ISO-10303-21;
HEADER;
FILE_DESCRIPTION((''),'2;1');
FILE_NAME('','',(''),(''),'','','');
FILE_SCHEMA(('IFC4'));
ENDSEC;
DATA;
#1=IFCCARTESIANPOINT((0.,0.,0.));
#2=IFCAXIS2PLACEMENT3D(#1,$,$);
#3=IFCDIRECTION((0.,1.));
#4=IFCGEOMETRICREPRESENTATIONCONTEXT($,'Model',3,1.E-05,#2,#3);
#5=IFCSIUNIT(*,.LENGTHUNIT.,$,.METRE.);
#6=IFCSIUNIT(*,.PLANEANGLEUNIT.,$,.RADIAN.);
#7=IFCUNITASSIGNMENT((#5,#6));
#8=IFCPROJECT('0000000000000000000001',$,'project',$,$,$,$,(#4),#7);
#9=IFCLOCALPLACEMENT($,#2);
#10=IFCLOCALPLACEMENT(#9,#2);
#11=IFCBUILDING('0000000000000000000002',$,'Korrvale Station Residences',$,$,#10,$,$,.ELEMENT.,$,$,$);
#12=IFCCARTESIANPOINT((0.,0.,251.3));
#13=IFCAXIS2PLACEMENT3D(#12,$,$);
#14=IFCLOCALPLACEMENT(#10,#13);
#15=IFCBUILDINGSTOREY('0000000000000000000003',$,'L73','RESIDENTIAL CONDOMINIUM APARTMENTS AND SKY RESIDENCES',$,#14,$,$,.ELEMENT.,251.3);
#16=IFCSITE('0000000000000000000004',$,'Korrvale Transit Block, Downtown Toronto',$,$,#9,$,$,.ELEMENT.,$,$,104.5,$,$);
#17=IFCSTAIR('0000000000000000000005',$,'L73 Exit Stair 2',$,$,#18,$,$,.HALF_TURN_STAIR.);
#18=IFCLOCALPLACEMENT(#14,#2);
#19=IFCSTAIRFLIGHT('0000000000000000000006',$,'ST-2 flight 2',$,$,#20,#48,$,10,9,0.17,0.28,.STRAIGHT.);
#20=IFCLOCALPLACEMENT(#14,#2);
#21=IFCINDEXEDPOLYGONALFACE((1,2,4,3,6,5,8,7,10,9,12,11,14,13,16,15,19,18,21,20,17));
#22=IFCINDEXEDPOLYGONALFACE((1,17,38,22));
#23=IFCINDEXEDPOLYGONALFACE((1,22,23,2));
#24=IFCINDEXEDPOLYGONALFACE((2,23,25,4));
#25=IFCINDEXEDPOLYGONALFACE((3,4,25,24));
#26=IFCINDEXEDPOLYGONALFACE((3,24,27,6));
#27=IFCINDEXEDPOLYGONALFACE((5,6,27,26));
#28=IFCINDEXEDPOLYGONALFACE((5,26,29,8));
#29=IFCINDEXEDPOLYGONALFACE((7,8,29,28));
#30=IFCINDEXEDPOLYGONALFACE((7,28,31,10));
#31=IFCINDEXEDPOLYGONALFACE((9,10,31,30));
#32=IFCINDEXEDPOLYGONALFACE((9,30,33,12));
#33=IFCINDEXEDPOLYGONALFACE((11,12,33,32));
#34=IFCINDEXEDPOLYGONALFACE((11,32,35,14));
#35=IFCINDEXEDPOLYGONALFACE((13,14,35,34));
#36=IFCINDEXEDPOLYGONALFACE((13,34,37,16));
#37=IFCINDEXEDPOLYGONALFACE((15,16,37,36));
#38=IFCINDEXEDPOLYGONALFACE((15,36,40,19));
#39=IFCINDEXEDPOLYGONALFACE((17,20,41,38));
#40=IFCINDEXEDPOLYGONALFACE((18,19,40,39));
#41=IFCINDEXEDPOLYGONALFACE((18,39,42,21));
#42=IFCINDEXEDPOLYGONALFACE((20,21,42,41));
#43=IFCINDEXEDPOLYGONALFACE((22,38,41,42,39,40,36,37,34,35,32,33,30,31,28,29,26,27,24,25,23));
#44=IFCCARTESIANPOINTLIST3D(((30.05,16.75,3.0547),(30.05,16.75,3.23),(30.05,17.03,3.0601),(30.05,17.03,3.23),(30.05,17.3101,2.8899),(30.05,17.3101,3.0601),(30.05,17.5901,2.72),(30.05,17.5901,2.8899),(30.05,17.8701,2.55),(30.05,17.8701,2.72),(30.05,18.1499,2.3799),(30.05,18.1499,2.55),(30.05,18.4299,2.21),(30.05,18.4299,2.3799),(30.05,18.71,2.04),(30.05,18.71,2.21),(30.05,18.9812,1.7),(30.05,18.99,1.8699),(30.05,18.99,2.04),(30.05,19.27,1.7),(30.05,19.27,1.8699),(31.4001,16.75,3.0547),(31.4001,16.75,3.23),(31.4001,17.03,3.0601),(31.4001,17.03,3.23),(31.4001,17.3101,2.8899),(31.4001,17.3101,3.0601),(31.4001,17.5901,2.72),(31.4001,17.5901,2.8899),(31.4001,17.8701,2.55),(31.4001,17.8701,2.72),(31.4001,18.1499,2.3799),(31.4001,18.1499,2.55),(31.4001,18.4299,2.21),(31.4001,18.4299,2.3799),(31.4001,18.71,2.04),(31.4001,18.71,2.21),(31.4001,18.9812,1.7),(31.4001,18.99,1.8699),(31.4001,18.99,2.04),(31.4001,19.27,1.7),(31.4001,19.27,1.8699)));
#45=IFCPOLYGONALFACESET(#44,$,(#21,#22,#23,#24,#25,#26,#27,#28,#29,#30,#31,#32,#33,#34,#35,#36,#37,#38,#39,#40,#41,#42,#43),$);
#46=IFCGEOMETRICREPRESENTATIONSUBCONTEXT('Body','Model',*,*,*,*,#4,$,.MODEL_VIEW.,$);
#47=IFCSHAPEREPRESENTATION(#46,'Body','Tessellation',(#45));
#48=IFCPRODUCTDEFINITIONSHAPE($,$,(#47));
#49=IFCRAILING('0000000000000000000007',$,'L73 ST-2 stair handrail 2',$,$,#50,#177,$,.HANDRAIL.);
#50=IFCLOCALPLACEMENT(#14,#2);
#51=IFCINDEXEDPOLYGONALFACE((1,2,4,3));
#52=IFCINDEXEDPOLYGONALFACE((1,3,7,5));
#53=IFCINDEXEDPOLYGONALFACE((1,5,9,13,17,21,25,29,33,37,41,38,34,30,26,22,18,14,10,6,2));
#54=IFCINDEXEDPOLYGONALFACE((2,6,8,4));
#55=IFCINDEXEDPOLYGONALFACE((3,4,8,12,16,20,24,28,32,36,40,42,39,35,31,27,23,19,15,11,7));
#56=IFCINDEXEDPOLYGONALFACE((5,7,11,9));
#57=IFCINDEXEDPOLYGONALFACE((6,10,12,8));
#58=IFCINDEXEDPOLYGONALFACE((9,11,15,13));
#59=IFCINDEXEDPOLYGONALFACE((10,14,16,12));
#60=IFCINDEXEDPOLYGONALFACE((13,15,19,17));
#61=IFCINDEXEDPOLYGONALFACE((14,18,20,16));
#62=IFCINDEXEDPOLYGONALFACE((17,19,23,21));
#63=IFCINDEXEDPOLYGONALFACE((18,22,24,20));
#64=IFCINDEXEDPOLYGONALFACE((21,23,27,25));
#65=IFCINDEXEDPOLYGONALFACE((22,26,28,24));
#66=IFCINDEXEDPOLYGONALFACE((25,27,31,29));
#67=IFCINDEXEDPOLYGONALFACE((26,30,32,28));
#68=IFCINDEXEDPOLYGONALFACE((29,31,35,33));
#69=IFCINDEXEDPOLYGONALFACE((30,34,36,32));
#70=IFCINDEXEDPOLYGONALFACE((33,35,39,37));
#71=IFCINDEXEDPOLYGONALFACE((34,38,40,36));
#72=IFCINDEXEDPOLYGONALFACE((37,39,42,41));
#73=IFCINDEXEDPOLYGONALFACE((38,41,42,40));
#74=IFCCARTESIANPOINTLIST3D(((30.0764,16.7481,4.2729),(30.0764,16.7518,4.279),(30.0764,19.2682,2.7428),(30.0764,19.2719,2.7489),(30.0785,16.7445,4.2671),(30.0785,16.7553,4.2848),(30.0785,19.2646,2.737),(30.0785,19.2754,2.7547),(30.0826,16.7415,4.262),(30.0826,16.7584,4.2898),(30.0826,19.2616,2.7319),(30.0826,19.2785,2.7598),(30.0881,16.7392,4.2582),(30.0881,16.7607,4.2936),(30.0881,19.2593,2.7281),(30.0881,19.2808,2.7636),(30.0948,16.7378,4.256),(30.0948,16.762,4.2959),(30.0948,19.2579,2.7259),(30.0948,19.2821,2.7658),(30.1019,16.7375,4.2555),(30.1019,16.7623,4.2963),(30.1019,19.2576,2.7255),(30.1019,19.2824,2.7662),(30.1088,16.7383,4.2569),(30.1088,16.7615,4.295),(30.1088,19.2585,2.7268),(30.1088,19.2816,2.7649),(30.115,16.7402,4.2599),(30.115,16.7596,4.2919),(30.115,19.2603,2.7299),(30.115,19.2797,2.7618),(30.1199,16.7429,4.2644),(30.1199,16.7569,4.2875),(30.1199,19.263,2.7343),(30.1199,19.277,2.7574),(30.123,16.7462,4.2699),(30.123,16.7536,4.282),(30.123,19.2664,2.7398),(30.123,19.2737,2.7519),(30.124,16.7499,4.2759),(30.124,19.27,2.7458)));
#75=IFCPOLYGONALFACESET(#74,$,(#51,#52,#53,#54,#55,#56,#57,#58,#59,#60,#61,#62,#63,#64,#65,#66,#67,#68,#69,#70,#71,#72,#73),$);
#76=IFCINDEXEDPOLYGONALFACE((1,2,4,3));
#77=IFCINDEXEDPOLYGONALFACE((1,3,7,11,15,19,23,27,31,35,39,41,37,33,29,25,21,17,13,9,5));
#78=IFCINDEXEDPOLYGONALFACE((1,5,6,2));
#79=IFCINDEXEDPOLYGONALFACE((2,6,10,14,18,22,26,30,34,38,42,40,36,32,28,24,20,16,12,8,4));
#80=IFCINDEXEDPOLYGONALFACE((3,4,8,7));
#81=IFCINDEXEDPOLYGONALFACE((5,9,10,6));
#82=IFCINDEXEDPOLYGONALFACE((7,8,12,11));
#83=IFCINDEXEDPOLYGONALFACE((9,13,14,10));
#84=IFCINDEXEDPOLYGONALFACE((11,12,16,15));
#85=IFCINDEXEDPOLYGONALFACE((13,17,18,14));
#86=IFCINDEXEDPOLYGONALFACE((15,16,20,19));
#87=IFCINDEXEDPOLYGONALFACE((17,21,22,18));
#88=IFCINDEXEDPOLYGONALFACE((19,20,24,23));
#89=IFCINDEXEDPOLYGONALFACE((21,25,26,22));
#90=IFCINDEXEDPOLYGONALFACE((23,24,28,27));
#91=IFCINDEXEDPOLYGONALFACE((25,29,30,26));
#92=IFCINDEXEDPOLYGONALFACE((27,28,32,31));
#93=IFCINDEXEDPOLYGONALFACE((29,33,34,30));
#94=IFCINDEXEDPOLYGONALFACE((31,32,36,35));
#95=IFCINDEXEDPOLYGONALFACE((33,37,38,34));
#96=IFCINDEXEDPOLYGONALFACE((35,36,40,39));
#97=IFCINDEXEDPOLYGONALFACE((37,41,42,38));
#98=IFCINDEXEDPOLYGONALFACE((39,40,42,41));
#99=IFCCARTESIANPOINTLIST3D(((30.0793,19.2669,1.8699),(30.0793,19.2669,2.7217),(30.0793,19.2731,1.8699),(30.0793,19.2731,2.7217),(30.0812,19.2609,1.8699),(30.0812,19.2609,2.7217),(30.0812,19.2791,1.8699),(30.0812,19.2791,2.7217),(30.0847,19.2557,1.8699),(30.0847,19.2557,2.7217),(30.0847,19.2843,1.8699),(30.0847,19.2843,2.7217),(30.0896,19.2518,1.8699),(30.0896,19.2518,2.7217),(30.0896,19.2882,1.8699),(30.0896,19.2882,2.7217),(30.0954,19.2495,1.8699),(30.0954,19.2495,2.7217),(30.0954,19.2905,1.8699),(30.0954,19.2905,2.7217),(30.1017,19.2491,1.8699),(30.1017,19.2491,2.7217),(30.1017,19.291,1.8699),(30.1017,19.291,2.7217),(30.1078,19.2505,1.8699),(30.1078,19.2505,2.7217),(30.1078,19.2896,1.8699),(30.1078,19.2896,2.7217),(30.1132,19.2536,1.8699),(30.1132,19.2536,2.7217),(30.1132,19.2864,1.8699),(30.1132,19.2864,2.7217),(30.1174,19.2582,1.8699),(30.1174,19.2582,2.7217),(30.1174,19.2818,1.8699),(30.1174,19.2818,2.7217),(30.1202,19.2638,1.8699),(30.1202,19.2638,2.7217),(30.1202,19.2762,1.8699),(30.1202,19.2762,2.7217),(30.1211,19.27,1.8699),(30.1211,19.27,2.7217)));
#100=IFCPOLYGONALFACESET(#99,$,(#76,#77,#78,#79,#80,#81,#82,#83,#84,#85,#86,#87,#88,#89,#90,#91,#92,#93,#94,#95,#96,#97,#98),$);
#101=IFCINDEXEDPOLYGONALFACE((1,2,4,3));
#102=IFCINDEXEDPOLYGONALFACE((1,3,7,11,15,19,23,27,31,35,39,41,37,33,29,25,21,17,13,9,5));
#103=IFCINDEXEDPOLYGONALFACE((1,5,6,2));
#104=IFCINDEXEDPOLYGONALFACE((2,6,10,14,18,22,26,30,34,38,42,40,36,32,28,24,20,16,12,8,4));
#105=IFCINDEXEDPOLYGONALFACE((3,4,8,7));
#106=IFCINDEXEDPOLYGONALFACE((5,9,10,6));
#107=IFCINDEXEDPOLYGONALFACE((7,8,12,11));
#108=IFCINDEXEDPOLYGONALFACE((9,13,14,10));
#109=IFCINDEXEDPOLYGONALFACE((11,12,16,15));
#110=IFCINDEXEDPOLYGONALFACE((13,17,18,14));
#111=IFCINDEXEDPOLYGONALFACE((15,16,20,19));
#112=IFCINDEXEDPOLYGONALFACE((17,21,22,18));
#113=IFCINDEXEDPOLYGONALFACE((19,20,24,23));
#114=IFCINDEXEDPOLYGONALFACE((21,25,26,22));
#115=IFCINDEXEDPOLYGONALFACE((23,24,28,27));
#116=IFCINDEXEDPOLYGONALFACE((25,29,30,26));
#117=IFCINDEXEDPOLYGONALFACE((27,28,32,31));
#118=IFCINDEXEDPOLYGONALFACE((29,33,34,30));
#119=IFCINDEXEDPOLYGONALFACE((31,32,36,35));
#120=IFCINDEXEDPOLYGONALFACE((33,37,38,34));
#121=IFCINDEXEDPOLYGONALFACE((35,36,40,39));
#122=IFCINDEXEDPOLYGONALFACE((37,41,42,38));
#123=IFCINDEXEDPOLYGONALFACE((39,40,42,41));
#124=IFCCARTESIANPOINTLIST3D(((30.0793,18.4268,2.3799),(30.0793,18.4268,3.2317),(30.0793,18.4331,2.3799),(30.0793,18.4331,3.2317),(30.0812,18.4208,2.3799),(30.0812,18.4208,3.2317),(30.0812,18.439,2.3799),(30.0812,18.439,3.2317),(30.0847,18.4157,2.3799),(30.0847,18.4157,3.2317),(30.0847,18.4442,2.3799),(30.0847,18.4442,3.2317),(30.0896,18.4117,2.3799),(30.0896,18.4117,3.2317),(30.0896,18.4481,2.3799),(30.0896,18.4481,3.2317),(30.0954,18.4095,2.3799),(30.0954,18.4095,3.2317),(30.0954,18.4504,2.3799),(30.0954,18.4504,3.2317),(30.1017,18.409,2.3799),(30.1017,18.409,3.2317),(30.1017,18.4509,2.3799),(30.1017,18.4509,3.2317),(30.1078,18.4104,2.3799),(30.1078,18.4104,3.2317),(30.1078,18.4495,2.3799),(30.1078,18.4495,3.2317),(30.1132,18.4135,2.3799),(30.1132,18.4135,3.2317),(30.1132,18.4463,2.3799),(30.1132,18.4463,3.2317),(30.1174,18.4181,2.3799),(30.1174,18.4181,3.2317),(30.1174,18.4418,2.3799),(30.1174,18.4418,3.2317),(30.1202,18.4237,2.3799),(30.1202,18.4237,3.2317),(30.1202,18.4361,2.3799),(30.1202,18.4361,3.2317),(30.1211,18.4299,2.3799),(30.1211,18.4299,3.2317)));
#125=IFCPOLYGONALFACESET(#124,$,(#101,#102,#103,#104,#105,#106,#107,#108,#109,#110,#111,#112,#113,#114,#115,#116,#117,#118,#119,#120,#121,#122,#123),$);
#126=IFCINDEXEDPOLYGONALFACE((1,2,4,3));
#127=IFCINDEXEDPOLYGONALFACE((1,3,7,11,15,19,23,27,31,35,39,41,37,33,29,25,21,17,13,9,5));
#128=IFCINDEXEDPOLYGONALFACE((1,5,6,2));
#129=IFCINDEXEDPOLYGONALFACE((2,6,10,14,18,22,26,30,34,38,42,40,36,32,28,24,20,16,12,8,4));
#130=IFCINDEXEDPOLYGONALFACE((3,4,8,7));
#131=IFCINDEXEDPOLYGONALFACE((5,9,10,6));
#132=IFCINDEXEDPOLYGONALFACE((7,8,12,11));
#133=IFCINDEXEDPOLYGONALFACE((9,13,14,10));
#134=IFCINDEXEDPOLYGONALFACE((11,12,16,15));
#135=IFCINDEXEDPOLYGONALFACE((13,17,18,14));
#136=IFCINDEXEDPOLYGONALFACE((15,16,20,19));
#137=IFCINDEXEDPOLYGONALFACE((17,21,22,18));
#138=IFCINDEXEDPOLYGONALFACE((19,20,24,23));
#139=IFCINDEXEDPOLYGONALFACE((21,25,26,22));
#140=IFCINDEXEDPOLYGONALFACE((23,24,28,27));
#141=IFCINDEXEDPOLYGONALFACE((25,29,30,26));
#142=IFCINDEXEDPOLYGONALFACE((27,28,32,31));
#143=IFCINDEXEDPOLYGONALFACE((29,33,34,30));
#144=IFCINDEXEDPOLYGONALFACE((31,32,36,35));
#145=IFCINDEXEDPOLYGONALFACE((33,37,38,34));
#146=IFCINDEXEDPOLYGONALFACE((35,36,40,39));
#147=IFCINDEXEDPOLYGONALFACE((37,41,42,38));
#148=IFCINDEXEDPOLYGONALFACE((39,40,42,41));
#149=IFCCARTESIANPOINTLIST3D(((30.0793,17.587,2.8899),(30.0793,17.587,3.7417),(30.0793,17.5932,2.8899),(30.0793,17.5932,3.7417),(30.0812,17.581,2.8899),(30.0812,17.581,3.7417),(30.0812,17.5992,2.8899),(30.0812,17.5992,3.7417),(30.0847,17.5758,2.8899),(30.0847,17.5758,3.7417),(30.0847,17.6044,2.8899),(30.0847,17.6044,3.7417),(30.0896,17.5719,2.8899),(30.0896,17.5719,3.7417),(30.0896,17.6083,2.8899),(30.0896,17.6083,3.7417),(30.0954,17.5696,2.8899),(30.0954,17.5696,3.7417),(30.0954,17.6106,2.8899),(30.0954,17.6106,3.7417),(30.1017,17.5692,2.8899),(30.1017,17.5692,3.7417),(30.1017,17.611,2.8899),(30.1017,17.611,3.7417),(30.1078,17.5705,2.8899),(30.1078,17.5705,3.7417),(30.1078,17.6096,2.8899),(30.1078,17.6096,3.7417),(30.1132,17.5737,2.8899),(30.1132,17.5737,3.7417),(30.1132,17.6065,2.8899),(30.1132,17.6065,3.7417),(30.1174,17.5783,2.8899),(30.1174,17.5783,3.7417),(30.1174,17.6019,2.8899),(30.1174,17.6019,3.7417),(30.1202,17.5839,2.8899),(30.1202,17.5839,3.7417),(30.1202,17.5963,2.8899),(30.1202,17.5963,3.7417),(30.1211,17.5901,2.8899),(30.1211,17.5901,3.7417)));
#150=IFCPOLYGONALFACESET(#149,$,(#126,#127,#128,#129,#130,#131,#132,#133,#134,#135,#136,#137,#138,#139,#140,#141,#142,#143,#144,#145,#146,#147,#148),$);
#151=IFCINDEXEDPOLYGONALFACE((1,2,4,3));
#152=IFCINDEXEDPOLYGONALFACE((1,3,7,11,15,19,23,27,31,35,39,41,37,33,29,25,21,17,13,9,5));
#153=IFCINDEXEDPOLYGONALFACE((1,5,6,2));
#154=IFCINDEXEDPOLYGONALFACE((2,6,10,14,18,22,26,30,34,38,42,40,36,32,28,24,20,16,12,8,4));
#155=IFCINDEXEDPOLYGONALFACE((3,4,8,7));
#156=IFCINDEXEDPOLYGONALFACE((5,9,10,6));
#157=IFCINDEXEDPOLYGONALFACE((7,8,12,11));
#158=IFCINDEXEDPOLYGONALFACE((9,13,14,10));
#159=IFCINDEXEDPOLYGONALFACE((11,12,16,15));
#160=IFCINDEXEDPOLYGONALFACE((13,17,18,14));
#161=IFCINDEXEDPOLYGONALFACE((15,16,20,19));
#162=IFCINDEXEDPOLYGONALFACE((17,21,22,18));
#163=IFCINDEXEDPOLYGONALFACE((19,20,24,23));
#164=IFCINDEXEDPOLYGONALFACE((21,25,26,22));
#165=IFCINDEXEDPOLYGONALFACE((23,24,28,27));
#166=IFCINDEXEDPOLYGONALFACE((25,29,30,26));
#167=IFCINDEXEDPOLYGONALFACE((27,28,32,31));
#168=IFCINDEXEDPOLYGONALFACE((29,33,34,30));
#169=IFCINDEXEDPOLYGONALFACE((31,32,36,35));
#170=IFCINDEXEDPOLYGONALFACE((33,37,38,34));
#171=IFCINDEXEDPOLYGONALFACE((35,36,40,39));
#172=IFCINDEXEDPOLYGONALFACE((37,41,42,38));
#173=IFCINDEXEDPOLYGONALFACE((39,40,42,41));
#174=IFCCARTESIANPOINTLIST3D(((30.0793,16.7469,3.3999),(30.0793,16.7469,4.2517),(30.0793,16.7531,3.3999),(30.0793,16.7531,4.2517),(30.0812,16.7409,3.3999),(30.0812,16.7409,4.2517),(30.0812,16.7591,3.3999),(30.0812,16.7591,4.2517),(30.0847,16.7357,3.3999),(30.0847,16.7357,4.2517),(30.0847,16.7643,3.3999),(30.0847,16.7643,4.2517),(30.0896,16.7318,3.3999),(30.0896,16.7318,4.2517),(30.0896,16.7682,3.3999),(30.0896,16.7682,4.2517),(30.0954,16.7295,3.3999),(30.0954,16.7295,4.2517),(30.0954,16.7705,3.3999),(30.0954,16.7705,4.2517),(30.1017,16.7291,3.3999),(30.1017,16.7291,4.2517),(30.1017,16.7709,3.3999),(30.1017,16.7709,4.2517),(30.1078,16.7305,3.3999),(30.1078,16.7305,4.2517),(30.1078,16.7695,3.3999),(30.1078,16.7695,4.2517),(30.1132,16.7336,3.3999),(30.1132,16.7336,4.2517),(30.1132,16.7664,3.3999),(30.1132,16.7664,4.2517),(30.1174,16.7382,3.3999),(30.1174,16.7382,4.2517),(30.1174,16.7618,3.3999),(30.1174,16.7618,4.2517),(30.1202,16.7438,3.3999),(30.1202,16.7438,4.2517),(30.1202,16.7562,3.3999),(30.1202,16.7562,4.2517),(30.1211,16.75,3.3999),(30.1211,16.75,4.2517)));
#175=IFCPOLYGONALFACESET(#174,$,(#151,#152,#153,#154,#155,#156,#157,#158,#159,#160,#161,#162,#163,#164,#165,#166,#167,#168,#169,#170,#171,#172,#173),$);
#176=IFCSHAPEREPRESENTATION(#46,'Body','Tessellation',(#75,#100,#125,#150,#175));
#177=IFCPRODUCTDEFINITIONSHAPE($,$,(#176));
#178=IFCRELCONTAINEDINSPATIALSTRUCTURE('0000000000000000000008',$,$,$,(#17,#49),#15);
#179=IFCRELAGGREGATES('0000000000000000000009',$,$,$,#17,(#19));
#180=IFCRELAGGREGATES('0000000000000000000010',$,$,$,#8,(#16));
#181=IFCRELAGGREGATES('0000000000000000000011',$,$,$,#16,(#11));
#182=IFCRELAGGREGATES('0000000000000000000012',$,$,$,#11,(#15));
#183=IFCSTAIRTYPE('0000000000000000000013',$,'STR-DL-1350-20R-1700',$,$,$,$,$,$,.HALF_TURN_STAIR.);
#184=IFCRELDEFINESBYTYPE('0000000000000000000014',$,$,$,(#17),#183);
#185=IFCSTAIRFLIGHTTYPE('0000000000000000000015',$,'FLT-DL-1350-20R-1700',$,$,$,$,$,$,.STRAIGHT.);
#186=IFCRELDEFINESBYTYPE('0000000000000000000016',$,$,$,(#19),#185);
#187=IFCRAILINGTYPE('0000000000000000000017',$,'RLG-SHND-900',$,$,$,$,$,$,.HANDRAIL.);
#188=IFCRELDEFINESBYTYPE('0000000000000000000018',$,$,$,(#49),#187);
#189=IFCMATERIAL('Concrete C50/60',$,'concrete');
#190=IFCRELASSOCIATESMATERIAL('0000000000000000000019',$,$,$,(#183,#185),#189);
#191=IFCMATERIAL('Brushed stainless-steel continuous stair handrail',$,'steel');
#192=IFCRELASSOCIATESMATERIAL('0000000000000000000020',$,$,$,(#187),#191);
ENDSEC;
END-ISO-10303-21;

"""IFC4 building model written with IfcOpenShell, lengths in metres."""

from ifc_helpers import new_model, si_unit, direction, frame, origin, origin_2d, place, context, subcontext, project, spatial, polyline, circle, outline, extrude, material, type_object, element, aggregate, save


model = new_model("IFC4")

# Units and contexts
model_context = context("Model", 3, precision=1e-05, world=origin(), true_north=direction((0.0, 1.0)))
body_context = subcontext(model_context, "Body", "Model", "MODEL_VIEW")
ifc_project = project(units=[si_unit("LENGTHUNIT", "METRE"), si_unit("PLANEANGLEUNIT", "RADIAN")], contexts=[model_context])

# Site, building, storey
site_placement = place(None, origin())
site = spatial("IfcSite", under=ifc_project, at=site_placement, Name="Korrvale Transit Block, Downtown Toronto", CompositionType="ELEMENT", RefElevation=104.5)
building_placement = place(site_placement, origin())
building = spatial("IfcBuilding", under=site, at=building_placement, Name="Korrvale Station Residences", CompositionType="ELEMENT")
storey_placement = place(building_placement, frame((0.0, 0.0, 251.3)))
storey = spatial("IfcBuildingStorey", under=building, at=storey_placement, Name="L73", Description="RESIDENTIAL CONDOMINIUM APARTMENTS AND SKY RESIDENCES", CompositionType="ELEMENT", Elevation=251.3)

# Shared definitions
ifc_material_1 = material(Name="Concrete C50/60", Category="concrete")

# Stair, stair flight
stair_type = type_object("IfcStairType", Name="STR-DL-1350-20R-1700", PredefinedType="HALF_TURN_STAIR", material=ifc_material_1)
stair_placement = place(storey_placement, origin())
stair = element("IfcStair", 1, at=stair_placement, inside=storey, type_object=stair_type, Name="L73 Exit Stair 2", PredefinedType="HALF_TURN_STAIR")
stair_flight_type = type_object("IfcStairFlightType", Name="FLT-DL-1350-20R-1700", PredefinedType="STRAIGHT", material=ifc_material_1)
stair_flight_placement = place(storey_placement, frame((30.7251, 19.27, 1.7), z_axis=(0.0, 0.0, 1.0), x_axis=(0.0, -1.0, 0.0)))
stair_flight = element("IfcStairFlight", 2, at=stair_flight_placement, type_object=stair_flight_type, Name="ST-2 flight 2", NumberOfRisers=10, NumberOfTreads=9, PredefinedType="STRAIGHT", RiserHeight=0.17, TreadLength=0.28, context=body_context, shape_type="SweptSolid", body=[
    extrude(outline(polyline([(0.0, 0.0), (0.0, 0.1699), (0.28, 0.1699), (0.28, 0.3401), (0.5601, 0.3401), (0.5601, 0.51), (0.8401, 0.51), (0.8401, 0.6799), (1.1201, 0.6799), (1.1201, 0.8501), (1.3999, 0.8501), (1.3999, 1.02), (1.6799, 1.02), (1.6799, 1.1899), (1.96, 1.1899), (1.96, 1.3601), (2.24, 1.3601), (2.24, 1.53), (2.52, 1.53), (2.52, 1.7), (2.52, 1.3547), (0.2888, 0.0), (0.0, 0.0)])), frame((0.0, 0.675, 0.0), z_axis=(0.0, -1.0, 0.0), x_axis=(1.0, 0.0, 0.0)), (0.0, 0.0, 1.0), 1.3501),
])
aggregate(stair, [stair_flight])

# Railing
ifc_material_2 = material(Name="Brushed stainless-steel continuous stair handrail", Category="steel")
railing_type_1 = type_object("IfcRailingType", Name="RLG-SHND-900", PredefinedType="HANDRAIL", material=ifc_material_2)
railing_1_placement = place(storey_placement, frame((30.1001, 19.27, 1.8699)))
element("IfcRailing", 3, at=railing_1_placement, inside=storey, type_object=railing_type_1, Name="L73 ST-2 stair handrail 2", PredefinedType="HANDRAIL", context=body_context, shape_type="SweptSolid", body=[
    extrude(circle(Radius=0.0239, at=origin_2d()), frame((0.0, 0.0, 0.876), z_axis=(0.0, -0.854785, 0.518982), x_axis=(1.0, 0.0, 0.0)), (0.0, 0.0, 1.0), 2.9482),
    extrude(circle(Radius=0.021, at=origin_2d()), origin(), (0.0, 0.0, 1.0), 0.8518),
    extrude(circle(Radius=0.021, at=origin_2d()), frame((0.0, -0.8401, 0.51)), (0.0, 0.0, 1.0), 0.8518),
    extrude(circle(Radius=0.021, at=origin_2d()), frame((0.0, -1.6799, 1.02)), (0.0, 0.0, 1.0), 0.8518),
    extrude(circle(Radius=0.021, at=origin_2d()), frame((0.0, -2.52, 1.53)), (0.0, 0.0, 1.0), 0.8518),
])

save(model, "model.ifc")
